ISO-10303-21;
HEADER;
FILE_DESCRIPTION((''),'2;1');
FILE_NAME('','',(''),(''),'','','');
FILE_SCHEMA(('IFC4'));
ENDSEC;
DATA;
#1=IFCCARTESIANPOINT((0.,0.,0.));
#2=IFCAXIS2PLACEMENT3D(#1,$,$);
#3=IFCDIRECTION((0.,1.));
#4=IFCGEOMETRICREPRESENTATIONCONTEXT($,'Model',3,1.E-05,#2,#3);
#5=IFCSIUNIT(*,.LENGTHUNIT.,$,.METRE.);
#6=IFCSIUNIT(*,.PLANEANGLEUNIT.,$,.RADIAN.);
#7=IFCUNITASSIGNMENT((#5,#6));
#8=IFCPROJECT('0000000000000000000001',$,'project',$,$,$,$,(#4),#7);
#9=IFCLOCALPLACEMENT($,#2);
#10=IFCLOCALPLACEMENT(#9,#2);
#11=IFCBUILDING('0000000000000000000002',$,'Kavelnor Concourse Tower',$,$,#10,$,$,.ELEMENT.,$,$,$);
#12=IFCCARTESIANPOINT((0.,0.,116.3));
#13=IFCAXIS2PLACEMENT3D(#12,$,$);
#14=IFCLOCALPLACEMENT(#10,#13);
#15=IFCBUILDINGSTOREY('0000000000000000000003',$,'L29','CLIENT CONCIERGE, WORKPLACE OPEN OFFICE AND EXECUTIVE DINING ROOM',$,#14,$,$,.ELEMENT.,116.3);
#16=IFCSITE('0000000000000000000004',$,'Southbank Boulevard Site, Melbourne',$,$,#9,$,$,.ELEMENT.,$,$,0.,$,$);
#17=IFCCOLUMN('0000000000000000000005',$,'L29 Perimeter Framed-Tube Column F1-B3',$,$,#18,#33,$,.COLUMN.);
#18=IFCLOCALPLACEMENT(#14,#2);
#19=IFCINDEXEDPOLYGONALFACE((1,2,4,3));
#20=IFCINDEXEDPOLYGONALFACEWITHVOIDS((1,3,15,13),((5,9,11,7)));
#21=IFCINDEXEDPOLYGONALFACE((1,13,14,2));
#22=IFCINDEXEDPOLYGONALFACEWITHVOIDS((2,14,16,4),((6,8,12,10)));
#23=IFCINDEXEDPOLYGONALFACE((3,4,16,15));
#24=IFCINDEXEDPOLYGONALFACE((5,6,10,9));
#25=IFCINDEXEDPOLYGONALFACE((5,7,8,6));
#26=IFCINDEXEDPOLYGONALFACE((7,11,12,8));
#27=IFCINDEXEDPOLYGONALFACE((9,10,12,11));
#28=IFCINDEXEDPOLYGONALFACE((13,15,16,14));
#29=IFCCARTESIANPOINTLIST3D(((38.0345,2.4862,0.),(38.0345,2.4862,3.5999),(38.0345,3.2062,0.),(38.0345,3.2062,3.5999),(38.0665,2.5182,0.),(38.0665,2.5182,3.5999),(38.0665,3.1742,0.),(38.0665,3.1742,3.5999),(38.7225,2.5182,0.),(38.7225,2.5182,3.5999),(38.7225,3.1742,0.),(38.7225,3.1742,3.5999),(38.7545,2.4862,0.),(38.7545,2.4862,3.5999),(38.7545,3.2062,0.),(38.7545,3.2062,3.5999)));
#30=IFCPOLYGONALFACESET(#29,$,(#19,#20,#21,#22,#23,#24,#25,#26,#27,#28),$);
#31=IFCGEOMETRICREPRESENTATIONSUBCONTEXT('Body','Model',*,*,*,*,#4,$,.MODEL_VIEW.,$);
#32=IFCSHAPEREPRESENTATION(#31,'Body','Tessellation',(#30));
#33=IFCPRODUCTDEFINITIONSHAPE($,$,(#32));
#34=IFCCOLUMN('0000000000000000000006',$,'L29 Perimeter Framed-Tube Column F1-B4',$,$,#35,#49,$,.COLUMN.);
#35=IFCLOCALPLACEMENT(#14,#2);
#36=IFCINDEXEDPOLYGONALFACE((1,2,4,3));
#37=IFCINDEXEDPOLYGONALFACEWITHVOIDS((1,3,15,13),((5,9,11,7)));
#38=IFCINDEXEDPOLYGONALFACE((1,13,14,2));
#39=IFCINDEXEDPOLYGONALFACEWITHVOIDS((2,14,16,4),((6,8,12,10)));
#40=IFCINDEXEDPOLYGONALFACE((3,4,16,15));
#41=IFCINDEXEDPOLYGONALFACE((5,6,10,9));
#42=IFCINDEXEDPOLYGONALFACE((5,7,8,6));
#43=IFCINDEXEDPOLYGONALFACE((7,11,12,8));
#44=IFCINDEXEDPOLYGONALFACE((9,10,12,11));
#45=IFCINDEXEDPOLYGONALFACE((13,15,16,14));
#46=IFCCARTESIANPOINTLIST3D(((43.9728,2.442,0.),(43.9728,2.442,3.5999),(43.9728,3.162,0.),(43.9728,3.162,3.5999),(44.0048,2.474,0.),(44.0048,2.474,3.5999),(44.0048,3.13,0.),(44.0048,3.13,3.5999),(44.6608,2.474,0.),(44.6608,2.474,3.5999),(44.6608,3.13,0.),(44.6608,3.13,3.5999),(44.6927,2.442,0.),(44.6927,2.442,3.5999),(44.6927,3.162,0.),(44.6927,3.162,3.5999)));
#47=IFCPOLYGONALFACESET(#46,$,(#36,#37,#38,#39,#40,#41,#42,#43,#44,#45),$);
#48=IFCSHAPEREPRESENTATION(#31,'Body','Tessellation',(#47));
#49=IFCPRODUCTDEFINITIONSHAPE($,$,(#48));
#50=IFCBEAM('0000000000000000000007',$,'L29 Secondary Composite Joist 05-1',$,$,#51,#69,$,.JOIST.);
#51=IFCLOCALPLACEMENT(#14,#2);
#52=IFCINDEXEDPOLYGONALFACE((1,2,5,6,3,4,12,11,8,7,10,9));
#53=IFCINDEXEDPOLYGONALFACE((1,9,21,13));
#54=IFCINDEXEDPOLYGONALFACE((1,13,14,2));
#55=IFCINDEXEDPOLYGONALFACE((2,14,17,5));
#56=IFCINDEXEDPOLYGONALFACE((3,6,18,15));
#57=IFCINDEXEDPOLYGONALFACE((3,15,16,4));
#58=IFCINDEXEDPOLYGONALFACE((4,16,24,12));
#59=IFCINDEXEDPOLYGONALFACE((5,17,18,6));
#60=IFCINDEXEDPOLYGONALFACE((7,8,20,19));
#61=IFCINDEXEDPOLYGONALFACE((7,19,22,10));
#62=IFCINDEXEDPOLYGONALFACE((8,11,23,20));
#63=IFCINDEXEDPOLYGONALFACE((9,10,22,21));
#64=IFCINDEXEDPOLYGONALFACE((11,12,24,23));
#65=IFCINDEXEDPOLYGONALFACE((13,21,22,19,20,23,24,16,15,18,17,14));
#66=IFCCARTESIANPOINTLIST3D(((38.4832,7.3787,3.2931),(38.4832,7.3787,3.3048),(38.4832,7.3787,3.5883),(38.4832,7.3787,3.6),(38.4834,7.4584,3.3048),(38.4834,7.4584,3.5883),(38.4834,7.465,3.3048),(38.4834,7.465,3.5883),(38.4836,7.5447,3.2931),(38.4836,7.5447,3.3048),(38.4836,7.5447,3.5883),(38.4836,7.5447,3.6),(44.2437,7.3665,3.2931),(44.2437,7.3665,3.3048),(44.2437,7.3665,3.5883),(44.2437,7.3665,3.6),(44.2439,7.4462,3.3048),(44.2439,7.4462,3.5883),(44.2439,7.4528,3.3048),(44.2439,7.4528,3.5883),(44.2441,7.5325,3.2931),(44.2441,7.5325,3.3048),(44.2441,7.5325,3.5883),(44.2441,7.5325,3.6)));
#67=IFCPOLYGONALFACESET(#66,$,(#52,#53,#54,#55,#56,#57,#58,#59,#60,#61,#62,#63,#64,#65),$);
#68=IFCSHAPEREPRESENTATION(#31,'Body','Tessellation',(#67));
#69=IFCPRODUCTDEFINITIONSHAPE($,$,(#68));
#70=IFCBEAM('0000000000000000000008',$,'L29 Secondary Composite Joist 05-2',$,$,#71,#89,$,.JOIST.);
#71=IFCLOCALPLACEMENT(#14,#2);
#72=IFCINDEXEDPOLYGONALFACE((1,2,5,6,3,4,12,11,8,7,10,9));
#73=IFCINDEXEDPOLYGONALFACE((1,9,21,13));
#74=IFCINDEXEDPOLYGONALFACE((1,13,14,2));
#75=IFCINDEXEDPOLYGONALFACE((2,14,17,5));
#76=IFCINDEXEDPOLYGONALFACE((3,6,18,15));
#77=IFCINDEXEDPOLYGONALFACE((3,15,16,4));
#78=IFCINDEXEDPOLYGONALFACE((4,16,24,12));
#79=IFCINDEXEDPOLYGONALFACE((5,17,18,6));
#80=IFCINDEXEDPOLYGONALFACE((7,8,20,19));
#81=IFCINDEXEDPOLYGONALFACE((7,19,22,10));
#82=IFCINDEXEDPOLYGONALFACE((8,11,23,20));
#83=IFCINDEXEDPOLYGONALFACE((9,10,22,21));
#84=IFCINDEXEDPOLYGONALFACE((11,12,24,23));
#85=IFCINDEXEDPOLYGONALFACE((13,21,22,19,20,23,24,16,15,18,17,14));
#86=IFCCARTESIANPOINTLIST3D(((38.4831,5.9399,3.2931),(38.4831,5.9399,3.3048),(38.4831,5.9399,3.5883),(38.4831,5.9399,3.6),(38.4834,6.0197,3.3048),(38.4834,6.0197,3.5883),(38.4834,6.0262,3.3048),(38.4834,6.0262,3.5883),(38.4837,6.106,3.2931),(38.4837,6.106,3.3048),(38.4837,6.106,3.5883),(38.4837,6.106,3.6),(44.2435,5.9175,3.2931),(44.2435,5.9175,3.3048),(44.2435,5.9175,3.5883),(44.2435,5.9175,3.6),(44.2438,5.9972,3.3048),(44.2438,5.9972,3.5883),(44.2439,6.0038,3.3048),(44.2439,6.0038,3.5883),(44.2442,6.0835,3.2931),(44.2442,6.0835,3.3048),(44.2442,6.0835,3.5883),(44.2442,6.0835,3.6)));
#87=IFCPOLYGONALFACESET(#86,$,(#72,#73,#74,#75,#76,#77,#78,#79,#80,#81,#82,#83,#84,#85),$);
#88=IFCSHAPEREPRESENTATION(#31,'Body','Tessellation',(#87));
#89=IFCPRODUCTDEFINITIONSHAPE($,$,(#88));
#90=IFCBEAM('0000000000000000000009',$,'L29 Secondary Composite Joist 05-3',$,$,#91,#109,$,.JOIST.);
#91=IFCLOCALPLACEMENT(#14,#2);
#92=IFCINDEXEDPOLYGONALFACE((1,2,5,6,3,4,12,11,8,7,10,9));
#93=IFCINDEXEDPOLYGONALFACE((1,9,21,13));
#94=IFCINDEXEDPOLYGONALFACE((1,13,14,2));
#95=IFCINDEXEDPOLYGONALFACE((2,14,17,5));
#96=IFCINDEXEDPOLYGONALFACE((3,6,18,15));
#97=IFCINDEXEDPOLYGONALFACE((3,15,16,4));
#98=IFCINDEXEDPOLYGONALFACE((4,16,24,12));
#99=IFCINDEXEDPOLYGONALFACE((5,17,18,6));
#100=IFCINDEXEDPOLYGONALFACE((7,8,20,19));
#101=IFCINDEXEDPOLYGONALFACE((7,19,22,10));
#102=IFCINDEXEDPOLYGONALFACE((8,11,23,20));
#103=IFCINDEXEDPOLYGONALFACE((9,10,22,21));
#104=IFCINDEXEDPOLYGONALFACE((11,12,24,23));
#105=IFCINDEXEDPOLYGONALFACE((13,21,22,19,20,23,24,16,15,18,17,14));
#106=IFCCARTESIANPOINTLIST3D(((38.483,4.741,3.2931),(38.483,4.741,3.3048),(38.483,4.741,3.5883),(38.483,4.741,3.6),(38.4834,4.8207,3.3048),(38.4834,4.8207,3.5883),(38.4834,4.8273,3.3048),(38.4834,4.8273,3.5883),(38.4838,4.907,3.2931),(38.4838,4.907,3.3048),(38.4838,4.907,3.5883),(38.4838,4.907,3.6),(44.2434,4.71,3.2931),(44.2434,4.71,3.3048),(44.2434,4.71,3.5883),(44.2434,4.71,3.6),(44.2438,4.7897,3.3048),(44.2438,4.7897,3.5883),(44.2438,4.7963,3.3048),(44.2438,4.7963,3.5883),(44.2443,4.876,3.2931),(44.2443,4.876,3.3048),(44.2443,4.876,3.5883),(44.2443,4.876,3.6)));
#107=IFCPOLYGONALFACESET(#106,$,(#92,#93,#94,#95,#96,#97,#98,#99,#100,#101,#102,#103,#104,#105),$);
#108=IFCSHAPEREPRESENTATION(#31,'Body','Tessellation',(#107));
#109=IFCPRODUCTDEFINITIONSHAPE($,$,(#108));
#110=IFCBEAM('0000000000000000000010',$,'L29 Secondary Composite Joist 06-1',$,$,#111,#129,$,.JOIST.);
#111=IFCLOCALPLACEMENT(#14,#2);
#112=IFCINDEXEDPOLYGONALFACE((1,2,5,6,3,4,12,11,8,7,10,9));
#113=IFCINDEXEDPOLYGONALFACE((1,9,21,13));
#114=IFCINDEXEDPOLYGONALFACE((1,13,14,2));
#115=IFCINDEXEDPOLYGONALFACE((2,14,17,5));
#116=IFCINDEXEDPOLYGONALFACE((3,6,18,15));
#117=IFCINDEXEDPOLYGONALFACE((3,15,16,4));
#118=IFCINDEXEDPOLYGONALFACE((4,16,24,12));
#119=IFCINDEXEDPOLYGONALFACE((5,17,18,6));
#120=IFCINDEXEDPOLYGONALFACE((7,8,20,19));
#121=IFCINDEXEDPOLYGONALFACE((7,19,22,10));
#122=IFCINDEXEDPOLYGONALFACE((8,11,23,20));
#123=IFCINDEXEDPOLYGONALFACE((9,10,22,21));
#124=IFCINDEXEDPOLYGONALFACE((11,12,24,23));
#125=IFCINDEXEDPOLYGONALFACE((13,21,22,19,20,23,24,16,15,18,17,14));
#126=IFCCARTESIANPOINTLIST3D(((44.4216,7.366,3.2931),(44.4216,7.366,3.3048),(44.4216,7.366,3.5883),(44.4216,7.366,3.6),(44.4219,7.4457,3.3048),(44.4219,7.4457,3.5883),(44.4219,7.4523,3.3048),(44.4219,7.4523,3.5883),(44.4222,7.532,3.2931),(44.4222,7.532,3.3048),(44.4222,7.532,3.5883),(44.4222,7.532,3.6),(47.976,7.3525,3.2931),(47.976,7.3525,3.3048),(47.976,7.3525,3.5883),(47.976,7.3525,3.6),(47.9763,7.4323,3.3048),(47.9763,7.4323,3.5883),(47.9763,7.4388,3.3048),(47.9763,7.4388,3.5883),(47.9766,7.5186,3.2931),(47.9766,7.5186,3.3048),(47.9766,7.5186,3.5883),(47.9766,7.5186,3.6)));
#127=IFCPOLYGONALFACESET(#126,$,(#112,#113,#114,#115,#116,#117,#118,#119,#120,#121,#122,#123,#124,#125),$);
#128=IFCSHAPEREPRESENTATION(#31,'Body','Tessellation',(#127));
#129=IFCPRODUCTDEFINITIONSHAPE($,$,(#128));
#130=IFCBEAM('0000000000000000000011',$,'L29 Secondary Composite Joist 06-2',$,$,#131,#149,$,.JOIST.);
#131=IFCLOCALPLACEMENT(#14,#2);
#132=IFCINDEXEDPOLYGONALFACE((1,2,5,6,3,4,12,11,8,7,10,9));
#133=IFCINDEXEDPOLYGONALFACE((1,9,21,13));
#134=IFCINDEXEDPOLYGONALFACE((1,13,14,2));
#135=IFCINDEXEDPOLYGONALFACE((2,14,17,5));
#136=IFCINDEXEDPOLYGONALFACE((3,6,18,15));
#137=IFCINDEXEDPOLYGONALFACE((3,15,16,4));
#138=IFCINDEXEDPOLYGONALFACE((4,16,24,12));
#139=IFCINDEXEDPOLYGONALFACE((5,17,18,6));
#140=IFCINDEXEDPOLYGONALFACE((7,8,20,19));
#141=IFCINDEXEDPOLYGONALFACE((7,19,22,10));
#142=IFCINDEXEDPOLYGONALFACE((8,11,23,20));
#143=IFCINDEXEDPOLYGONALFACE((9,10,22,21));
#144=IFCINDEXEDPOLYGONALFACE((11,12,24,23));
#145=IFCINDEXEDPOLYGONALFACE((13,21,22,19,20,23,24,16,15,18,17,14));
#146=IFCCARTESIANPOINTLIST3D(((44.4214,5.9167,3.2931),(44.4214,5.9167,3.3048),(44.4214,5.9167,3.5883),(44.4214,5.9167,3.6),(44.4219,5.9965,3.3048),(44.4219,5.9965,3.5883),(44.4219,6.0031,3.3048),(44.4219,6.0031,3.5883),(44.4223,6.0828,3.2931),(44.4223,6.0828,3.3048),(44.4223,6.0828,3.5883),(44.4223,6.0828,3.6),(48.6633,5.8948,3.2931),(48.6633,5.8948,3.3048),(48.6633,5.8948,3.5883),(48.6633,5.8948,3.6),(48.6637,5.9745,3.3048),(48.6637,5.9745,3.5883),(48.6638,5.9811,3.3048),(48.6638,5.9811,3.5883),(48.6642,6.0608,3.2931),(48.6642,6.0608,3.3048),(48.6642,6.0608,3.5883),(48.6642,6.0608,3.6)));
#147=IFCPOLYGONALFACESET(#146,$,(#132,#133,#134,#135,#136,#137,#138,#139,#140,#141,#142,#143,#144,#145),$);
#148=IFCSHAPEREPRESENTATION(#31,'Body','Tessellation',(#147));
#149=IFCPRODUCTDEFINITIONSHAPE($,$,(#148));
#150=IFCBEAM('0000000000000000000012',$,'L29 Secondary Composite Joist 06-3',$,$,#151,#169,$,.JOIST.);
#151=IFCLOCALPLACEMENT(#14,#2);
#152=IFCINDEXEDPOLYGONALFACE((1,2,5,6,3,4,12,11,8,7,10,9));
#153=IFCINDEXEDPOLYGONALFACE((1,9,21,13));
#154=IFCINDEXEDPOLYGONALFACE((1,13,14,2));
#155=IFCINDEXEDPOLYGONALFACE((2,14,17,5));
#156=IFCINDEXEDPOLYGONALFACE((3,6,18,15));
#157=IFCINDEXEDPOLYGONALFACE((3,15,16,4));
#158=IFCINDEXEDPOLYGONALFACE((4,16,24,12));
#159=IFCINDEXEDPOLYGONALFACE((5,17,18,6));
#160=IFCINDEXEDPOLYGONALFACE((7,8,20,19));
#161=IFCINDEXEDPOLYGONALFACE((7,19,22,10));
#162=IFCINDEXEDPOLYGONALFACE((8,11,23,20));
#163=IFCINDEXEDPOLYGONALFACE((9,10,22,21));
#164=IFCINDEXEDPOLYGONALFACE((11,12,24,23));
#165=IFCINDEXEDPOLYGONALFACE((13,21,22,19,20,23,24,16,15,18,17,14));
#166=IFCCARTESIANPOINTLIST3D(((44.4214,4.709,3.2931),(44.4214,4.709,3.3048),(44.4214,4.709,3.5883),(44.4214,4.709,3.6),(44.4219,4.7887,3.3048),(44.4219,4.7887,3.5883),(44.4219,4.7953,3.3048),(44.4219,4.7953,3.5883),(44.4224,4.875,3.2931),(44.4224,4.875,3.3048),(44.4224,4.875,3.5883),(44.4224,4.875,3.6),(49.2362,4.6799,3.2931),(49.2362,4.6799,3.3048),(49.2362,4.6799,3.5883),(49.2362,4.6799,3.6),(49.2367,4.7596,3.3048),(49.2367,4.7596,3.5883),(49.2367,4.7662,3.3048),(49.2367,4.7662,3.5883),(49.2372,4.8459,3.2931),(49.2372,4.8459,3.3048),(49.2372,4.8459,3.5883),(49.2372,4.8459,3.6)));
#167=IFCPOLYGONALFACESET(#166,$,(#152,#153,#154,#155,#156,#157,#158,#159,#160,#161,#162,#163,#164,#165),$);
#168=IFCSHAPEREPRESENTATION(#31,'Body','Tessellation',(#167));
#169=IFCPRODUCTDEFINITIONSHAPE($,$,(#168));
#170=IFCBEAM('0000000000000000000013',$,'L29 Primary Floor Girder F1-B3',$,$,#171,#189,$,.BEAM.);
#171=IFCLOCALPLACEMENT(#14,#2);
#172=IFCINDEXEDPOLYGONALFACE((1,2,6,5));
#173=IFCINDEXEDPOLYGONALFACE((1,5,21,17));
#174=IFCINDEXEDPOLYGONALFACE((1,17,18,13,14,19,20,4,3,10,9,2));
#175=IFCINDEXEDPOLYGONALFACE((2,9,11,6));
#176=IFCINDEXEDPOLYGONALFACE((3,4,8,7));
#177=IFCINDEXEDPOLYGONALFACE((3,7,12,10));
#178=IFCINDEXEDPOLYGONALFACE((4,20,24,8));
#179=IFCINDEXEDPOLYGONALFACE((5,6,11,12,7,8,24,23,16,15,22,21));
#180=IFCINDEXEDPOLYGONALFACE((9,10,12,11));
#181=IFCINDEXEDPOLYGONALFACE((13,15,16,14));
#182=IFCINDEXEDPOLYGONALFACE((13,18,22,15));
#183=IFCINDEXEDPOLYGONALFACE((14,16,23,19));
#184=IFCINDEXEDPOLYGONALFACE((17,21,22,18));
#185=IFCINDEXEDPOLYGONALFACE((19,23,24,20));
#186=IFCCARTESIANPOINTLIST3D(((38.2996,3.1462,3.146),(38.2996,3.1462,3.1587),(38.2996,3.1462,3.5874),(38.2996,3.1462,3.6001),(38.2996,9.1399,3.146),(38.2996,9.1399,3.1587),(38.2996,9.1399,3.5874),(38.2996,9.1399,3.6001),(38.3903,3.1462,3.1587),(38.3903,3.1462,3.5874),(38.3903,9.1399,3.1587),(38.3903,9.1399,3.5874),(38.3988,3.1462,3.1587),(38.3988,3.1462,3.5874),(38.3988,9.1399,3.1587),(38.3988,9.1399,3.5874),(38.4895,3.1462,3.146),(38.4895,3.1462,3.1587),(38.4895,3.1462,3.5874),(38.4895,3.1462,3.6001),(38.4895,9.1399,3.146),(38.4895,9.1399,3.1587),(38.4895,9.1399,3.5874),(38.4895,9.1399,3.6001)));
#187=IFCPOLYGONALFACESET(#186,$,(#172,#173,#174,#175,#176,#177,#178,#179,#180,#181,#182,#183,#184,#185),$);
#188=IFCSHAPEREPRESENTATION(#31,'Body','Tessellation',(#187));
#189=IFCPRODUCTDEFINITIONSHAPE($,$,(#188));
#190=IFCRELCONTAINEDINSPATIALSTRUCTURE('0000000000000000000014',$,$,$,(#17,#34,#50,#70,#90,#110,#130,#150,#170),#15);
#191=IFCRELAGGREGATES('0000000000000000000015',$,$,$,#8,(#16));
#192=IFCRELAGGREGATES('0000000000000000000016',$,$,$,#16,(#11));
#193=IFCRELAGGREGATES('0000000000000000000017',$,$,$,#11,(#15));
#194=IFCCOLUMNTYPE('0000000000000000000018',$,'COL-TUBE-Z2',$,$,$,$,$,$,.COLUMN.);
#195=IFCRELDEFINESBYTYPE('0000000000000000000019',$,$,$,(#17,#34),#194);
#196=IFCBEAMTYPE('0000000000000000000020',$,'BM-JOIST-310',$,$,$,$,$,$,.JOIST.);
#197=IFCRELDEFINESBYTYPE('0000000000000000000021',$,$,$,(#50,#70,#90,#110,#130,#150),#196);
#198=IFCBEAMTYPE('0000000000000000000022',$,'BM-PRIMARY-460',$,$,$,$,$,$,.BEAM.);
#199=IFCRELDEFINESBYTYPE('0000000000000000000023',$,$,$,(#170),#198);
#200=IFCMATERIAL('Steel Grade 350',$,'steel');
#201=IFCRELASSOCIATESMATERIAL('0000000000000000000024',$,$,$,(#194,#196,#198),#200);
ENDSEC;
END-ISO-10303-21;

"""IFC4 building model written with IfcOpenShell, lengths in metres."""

from ifc_helpers import new_model, si_unit, direction, frame, origin, origin_2d, place, context, subcontext, project, spatial, hollow_rectangle, i_section, extrude, material, material_profile, profile_set, type_object, element, save


model = new_model("IFC4")

# Units and contexts
model_context = context("Model", 3, precision=1e-05, world=origin(), true_north=direction((0.0, 1.0)))
body_context = subcontext(model_context, "Body", "Model", "MODEL_VIEW")
ifc_project = project(units=[si_unit("LENGTHUNIT", "METRE"), si_unit("PLANEANGLEUNIT", "RADIAN")], contexts=[model_context])

# Site, building, storey
site_placement = place(None, origin())
site = spatial("IfcSite", under=ifc_project, at=site_placement, Name="Southbank Boulevard Site, Melbourne", CompositionType="ELEMENT", RefElevation=0.0)
building_placement = place(site_placement, origin())
building = spatial("IfcBuilding", under=site, at=building_placement, Name="Kavelnor Concourse Tower", CompositionType="ELEMENT")
storey_placement = place(building_placement, frame((0.0, 0.0, 116.3)))
storey = spatial("IfcBuildingStorey", under=building, at=storey_placement, Name="L29", Description="CLIENT CONCIERGE, WORKPLACE OPEN OFFICE AND EXECUTIVE DINING ROOM", CompositionType="ELEMENT", Elevation=116.3)

# Columns
ifc_material_1 = material(Name="Steel Grade 350", Category="steel")
ifc_material_profile_1 = material_profile(ifc_material_1, hollow_rectangle(XDim=0.72, YDim=0.72, WallThickness=0.032, at=origin_2d()), Name="SHS 720x720x32")
ifc_profile_set_1 = profile_set([ifc_material_profile_1], Name="Steel Grade 350")
column_type = type_object("IfcColumnType", Name="COL-TUBE-Z2", PredefinedType="COLUMN", material=ifc_profile_set_1)
for number, where, z_axis, x_axis, name in (
    (1, (38.3945, 2.8462, 0.0), (0.0, 0.0, 1.0), (1.0, 0.0, 0.0), "L29 Perimeter Framed-Tube Column F1-B3"),
    (2, (44.3328, 2.802, 0.0), (0.0, 0.0, 1.0), (1.0, 0.0, 0.0), "L29 Perimeter Framed-Tube Column F1-B4"),
):
    element("IfcColumn", number, at=place(storey_placement, frame(where, z_axis=z_axis, x_axis=x_axis)), inside=storey, type_object=column_type, Name=name, PredefinedType="COLUMN", context=body_context, shape_type="SweptSolid", body=[
        extrude(hollow_rectangle(XDim=0.72, YDim=0.72, WallThickness=0.032, at=origin_2d()), origin(), (0.0, 0.0, 1.0), 3.5999),
    ])

# Beams
ifc_material_profile_2 = material_profile(ifc_material_1, i_section(OverallWidth=0.166, OverallDepth=0.3069, WebThickness=0.0066, FlangeThickness=0.0117, at=origin_2d()), Name="310UB46")
ifc_profile_set_2 = profile_set([ifc_material_profile_2], Name="Steel Grade 350")
beam_type_1 = type_object("IfcBeamType", Name="BM-JOIST-310", PredefinedType="JOIST", material=ifc_profile_set_2)
for number, where, z_axis, x_axis, name in (
    (3, (38.4834, 7.4617, 3.4465), (0.999998, -0.002119, 0.0), (0.002119, 0.999998, 0.0), "L29 Secondary Composite Joist 05-1"),
    (4, (38.4834, 6.0229, 3.4465), (0.999992, -0.003899, 0.0), (0.003899, 0.999992, 0.0), "L29 Secondary Composite Joist 05-2"),
    (5, (38.4834, 4.824, 3.4465), (0.999986, -0.005382, 0.0), (0.005382, 0.999986, 0.0), "L29 Secondary Composite Joist 05-3"),
):
    element("IfcBeam", number, at=place(storey_placement, frame(where, z_axis=z_axis, x_axis=x_axis)), inside=storey, type_object=beam_type_1, Name=name, PredefinedType="JOIST", context=body_context, shape_type="SweptSolid", body=[
        extrude(i_section(OverallWidth=0.166, OverallDepth=0.3069, WebThickness=0.0066, FlangeThickness=0.0117, at=origin_2d()), origin(), (0.0, 0.0, 1.0), 5.7605),
    ])
beam_1_placement = place(storey_placement, frame((44.4219, 7.449, 3.4465), z_axis=(0.999993, -0.003778, 0.0), x_axis=(0.003778, 0.999993, 0.0)))
element("IfcBeam", 6, at=beam_1_placement, inside=storey, type_object=beam_type_1, Name="L29 Secondary Composite Joist 06-1", PredefinedType="JOIST", context=body_context, shape_type="SweptSolid", body=[
    extrude(i_section(OverallWidth=0.166, OverallDepth=0.3069, WebThickness=0.0066, FlangeThickness=0.0117, at=origin_2d()), origin(), (0.0, 0.0, 1.0), 3.5544),
])
beam_2_placement = place(storey_placement, frame((44.4219, 5.9998, 3.4465), z_axis=(0.999987, -0.00518, 0.0), x_axis=(0.00518, 0.999987, 0.0)))
element("IfcBeam", 7, at=beam_2_placement, inside=storey, type_object=beam_type_1, Name="L29 Secondary Composite Joist 06-2", PredefinedType="JOIST", context=body_context, shape_type="SweptSolid", body=[
    extrude(i_section(OverallWidth=0.166, OverallDepth=0.3069, WebThickness=0.0066, FlangeThickness=0.0117, at=origin_2d()), origin(), (0.0, 0.0, 1.0), 4.2419),
])
beam_3_placement = place(storey_placement, frame((44.4219, 4.792, 3.4465), z_axis=(0.999982, -0.006034, 0.0), x_axis=(0.006034, 0.999982, 0.0)))
element("IfcBeam", 8, at=beam_3_placement, inside=storey, type_object=beam_type_1, Name="L29 Secondary Composite Joist 06-3", PredefinedType="JOIST", context=body_context, shape_type="SweptSolid", body=[
    extrude(i_section(OverallWidth=0.166, OverallDepth=0.3069, WebThickness=0.0066, FlangeThickness=0.0117, at=origin_2d()), origin(), (0.0, 0.0, 1.0), 4.8149),
])
ifc_material_profile_3 = material_profile(ifc_material_1, i_section(OverallWidth=0.1899, OverallDepth=0.4541, WebThickness=0.0085, FlangeThickness=0.0127, at=origin_2d()), Name="460UB67")
ifc_profile_set_3 = profile_set([ifc_material_profile_3], Name="Steel Grade 350")
beam_type_2 = type_object("IfcBeamType", Name="BM-PRIMARY-460", PredefinedType="BEAM", material=ifc_profile_set_3)
beam_4_placement = place(storey_placement, frame((38.3945, 9.1399, 3.373), z_axis=(0.0, -1.0, 0.0), x_axis=(1.0, 0.0, 0.0)))
element("IfcBeam", 9, at=beam_4_placement, inside=storey, type_object=beam_type_2, Name="L29 Primary Floor Girder F1-B3", PredefinedType="BEAM", context=body_context, shape_type="SweptSolid", body=[
    extrude(i_section(OverallWidth=0.1899, OverallDepth=0.4541, WebThickness=0.0085, FlangeThickness=0.0127, at=origin_2d()), origin(), (0.0, 0.0, 1.0), 5.9937),
])

save(model, "model.ifc")
